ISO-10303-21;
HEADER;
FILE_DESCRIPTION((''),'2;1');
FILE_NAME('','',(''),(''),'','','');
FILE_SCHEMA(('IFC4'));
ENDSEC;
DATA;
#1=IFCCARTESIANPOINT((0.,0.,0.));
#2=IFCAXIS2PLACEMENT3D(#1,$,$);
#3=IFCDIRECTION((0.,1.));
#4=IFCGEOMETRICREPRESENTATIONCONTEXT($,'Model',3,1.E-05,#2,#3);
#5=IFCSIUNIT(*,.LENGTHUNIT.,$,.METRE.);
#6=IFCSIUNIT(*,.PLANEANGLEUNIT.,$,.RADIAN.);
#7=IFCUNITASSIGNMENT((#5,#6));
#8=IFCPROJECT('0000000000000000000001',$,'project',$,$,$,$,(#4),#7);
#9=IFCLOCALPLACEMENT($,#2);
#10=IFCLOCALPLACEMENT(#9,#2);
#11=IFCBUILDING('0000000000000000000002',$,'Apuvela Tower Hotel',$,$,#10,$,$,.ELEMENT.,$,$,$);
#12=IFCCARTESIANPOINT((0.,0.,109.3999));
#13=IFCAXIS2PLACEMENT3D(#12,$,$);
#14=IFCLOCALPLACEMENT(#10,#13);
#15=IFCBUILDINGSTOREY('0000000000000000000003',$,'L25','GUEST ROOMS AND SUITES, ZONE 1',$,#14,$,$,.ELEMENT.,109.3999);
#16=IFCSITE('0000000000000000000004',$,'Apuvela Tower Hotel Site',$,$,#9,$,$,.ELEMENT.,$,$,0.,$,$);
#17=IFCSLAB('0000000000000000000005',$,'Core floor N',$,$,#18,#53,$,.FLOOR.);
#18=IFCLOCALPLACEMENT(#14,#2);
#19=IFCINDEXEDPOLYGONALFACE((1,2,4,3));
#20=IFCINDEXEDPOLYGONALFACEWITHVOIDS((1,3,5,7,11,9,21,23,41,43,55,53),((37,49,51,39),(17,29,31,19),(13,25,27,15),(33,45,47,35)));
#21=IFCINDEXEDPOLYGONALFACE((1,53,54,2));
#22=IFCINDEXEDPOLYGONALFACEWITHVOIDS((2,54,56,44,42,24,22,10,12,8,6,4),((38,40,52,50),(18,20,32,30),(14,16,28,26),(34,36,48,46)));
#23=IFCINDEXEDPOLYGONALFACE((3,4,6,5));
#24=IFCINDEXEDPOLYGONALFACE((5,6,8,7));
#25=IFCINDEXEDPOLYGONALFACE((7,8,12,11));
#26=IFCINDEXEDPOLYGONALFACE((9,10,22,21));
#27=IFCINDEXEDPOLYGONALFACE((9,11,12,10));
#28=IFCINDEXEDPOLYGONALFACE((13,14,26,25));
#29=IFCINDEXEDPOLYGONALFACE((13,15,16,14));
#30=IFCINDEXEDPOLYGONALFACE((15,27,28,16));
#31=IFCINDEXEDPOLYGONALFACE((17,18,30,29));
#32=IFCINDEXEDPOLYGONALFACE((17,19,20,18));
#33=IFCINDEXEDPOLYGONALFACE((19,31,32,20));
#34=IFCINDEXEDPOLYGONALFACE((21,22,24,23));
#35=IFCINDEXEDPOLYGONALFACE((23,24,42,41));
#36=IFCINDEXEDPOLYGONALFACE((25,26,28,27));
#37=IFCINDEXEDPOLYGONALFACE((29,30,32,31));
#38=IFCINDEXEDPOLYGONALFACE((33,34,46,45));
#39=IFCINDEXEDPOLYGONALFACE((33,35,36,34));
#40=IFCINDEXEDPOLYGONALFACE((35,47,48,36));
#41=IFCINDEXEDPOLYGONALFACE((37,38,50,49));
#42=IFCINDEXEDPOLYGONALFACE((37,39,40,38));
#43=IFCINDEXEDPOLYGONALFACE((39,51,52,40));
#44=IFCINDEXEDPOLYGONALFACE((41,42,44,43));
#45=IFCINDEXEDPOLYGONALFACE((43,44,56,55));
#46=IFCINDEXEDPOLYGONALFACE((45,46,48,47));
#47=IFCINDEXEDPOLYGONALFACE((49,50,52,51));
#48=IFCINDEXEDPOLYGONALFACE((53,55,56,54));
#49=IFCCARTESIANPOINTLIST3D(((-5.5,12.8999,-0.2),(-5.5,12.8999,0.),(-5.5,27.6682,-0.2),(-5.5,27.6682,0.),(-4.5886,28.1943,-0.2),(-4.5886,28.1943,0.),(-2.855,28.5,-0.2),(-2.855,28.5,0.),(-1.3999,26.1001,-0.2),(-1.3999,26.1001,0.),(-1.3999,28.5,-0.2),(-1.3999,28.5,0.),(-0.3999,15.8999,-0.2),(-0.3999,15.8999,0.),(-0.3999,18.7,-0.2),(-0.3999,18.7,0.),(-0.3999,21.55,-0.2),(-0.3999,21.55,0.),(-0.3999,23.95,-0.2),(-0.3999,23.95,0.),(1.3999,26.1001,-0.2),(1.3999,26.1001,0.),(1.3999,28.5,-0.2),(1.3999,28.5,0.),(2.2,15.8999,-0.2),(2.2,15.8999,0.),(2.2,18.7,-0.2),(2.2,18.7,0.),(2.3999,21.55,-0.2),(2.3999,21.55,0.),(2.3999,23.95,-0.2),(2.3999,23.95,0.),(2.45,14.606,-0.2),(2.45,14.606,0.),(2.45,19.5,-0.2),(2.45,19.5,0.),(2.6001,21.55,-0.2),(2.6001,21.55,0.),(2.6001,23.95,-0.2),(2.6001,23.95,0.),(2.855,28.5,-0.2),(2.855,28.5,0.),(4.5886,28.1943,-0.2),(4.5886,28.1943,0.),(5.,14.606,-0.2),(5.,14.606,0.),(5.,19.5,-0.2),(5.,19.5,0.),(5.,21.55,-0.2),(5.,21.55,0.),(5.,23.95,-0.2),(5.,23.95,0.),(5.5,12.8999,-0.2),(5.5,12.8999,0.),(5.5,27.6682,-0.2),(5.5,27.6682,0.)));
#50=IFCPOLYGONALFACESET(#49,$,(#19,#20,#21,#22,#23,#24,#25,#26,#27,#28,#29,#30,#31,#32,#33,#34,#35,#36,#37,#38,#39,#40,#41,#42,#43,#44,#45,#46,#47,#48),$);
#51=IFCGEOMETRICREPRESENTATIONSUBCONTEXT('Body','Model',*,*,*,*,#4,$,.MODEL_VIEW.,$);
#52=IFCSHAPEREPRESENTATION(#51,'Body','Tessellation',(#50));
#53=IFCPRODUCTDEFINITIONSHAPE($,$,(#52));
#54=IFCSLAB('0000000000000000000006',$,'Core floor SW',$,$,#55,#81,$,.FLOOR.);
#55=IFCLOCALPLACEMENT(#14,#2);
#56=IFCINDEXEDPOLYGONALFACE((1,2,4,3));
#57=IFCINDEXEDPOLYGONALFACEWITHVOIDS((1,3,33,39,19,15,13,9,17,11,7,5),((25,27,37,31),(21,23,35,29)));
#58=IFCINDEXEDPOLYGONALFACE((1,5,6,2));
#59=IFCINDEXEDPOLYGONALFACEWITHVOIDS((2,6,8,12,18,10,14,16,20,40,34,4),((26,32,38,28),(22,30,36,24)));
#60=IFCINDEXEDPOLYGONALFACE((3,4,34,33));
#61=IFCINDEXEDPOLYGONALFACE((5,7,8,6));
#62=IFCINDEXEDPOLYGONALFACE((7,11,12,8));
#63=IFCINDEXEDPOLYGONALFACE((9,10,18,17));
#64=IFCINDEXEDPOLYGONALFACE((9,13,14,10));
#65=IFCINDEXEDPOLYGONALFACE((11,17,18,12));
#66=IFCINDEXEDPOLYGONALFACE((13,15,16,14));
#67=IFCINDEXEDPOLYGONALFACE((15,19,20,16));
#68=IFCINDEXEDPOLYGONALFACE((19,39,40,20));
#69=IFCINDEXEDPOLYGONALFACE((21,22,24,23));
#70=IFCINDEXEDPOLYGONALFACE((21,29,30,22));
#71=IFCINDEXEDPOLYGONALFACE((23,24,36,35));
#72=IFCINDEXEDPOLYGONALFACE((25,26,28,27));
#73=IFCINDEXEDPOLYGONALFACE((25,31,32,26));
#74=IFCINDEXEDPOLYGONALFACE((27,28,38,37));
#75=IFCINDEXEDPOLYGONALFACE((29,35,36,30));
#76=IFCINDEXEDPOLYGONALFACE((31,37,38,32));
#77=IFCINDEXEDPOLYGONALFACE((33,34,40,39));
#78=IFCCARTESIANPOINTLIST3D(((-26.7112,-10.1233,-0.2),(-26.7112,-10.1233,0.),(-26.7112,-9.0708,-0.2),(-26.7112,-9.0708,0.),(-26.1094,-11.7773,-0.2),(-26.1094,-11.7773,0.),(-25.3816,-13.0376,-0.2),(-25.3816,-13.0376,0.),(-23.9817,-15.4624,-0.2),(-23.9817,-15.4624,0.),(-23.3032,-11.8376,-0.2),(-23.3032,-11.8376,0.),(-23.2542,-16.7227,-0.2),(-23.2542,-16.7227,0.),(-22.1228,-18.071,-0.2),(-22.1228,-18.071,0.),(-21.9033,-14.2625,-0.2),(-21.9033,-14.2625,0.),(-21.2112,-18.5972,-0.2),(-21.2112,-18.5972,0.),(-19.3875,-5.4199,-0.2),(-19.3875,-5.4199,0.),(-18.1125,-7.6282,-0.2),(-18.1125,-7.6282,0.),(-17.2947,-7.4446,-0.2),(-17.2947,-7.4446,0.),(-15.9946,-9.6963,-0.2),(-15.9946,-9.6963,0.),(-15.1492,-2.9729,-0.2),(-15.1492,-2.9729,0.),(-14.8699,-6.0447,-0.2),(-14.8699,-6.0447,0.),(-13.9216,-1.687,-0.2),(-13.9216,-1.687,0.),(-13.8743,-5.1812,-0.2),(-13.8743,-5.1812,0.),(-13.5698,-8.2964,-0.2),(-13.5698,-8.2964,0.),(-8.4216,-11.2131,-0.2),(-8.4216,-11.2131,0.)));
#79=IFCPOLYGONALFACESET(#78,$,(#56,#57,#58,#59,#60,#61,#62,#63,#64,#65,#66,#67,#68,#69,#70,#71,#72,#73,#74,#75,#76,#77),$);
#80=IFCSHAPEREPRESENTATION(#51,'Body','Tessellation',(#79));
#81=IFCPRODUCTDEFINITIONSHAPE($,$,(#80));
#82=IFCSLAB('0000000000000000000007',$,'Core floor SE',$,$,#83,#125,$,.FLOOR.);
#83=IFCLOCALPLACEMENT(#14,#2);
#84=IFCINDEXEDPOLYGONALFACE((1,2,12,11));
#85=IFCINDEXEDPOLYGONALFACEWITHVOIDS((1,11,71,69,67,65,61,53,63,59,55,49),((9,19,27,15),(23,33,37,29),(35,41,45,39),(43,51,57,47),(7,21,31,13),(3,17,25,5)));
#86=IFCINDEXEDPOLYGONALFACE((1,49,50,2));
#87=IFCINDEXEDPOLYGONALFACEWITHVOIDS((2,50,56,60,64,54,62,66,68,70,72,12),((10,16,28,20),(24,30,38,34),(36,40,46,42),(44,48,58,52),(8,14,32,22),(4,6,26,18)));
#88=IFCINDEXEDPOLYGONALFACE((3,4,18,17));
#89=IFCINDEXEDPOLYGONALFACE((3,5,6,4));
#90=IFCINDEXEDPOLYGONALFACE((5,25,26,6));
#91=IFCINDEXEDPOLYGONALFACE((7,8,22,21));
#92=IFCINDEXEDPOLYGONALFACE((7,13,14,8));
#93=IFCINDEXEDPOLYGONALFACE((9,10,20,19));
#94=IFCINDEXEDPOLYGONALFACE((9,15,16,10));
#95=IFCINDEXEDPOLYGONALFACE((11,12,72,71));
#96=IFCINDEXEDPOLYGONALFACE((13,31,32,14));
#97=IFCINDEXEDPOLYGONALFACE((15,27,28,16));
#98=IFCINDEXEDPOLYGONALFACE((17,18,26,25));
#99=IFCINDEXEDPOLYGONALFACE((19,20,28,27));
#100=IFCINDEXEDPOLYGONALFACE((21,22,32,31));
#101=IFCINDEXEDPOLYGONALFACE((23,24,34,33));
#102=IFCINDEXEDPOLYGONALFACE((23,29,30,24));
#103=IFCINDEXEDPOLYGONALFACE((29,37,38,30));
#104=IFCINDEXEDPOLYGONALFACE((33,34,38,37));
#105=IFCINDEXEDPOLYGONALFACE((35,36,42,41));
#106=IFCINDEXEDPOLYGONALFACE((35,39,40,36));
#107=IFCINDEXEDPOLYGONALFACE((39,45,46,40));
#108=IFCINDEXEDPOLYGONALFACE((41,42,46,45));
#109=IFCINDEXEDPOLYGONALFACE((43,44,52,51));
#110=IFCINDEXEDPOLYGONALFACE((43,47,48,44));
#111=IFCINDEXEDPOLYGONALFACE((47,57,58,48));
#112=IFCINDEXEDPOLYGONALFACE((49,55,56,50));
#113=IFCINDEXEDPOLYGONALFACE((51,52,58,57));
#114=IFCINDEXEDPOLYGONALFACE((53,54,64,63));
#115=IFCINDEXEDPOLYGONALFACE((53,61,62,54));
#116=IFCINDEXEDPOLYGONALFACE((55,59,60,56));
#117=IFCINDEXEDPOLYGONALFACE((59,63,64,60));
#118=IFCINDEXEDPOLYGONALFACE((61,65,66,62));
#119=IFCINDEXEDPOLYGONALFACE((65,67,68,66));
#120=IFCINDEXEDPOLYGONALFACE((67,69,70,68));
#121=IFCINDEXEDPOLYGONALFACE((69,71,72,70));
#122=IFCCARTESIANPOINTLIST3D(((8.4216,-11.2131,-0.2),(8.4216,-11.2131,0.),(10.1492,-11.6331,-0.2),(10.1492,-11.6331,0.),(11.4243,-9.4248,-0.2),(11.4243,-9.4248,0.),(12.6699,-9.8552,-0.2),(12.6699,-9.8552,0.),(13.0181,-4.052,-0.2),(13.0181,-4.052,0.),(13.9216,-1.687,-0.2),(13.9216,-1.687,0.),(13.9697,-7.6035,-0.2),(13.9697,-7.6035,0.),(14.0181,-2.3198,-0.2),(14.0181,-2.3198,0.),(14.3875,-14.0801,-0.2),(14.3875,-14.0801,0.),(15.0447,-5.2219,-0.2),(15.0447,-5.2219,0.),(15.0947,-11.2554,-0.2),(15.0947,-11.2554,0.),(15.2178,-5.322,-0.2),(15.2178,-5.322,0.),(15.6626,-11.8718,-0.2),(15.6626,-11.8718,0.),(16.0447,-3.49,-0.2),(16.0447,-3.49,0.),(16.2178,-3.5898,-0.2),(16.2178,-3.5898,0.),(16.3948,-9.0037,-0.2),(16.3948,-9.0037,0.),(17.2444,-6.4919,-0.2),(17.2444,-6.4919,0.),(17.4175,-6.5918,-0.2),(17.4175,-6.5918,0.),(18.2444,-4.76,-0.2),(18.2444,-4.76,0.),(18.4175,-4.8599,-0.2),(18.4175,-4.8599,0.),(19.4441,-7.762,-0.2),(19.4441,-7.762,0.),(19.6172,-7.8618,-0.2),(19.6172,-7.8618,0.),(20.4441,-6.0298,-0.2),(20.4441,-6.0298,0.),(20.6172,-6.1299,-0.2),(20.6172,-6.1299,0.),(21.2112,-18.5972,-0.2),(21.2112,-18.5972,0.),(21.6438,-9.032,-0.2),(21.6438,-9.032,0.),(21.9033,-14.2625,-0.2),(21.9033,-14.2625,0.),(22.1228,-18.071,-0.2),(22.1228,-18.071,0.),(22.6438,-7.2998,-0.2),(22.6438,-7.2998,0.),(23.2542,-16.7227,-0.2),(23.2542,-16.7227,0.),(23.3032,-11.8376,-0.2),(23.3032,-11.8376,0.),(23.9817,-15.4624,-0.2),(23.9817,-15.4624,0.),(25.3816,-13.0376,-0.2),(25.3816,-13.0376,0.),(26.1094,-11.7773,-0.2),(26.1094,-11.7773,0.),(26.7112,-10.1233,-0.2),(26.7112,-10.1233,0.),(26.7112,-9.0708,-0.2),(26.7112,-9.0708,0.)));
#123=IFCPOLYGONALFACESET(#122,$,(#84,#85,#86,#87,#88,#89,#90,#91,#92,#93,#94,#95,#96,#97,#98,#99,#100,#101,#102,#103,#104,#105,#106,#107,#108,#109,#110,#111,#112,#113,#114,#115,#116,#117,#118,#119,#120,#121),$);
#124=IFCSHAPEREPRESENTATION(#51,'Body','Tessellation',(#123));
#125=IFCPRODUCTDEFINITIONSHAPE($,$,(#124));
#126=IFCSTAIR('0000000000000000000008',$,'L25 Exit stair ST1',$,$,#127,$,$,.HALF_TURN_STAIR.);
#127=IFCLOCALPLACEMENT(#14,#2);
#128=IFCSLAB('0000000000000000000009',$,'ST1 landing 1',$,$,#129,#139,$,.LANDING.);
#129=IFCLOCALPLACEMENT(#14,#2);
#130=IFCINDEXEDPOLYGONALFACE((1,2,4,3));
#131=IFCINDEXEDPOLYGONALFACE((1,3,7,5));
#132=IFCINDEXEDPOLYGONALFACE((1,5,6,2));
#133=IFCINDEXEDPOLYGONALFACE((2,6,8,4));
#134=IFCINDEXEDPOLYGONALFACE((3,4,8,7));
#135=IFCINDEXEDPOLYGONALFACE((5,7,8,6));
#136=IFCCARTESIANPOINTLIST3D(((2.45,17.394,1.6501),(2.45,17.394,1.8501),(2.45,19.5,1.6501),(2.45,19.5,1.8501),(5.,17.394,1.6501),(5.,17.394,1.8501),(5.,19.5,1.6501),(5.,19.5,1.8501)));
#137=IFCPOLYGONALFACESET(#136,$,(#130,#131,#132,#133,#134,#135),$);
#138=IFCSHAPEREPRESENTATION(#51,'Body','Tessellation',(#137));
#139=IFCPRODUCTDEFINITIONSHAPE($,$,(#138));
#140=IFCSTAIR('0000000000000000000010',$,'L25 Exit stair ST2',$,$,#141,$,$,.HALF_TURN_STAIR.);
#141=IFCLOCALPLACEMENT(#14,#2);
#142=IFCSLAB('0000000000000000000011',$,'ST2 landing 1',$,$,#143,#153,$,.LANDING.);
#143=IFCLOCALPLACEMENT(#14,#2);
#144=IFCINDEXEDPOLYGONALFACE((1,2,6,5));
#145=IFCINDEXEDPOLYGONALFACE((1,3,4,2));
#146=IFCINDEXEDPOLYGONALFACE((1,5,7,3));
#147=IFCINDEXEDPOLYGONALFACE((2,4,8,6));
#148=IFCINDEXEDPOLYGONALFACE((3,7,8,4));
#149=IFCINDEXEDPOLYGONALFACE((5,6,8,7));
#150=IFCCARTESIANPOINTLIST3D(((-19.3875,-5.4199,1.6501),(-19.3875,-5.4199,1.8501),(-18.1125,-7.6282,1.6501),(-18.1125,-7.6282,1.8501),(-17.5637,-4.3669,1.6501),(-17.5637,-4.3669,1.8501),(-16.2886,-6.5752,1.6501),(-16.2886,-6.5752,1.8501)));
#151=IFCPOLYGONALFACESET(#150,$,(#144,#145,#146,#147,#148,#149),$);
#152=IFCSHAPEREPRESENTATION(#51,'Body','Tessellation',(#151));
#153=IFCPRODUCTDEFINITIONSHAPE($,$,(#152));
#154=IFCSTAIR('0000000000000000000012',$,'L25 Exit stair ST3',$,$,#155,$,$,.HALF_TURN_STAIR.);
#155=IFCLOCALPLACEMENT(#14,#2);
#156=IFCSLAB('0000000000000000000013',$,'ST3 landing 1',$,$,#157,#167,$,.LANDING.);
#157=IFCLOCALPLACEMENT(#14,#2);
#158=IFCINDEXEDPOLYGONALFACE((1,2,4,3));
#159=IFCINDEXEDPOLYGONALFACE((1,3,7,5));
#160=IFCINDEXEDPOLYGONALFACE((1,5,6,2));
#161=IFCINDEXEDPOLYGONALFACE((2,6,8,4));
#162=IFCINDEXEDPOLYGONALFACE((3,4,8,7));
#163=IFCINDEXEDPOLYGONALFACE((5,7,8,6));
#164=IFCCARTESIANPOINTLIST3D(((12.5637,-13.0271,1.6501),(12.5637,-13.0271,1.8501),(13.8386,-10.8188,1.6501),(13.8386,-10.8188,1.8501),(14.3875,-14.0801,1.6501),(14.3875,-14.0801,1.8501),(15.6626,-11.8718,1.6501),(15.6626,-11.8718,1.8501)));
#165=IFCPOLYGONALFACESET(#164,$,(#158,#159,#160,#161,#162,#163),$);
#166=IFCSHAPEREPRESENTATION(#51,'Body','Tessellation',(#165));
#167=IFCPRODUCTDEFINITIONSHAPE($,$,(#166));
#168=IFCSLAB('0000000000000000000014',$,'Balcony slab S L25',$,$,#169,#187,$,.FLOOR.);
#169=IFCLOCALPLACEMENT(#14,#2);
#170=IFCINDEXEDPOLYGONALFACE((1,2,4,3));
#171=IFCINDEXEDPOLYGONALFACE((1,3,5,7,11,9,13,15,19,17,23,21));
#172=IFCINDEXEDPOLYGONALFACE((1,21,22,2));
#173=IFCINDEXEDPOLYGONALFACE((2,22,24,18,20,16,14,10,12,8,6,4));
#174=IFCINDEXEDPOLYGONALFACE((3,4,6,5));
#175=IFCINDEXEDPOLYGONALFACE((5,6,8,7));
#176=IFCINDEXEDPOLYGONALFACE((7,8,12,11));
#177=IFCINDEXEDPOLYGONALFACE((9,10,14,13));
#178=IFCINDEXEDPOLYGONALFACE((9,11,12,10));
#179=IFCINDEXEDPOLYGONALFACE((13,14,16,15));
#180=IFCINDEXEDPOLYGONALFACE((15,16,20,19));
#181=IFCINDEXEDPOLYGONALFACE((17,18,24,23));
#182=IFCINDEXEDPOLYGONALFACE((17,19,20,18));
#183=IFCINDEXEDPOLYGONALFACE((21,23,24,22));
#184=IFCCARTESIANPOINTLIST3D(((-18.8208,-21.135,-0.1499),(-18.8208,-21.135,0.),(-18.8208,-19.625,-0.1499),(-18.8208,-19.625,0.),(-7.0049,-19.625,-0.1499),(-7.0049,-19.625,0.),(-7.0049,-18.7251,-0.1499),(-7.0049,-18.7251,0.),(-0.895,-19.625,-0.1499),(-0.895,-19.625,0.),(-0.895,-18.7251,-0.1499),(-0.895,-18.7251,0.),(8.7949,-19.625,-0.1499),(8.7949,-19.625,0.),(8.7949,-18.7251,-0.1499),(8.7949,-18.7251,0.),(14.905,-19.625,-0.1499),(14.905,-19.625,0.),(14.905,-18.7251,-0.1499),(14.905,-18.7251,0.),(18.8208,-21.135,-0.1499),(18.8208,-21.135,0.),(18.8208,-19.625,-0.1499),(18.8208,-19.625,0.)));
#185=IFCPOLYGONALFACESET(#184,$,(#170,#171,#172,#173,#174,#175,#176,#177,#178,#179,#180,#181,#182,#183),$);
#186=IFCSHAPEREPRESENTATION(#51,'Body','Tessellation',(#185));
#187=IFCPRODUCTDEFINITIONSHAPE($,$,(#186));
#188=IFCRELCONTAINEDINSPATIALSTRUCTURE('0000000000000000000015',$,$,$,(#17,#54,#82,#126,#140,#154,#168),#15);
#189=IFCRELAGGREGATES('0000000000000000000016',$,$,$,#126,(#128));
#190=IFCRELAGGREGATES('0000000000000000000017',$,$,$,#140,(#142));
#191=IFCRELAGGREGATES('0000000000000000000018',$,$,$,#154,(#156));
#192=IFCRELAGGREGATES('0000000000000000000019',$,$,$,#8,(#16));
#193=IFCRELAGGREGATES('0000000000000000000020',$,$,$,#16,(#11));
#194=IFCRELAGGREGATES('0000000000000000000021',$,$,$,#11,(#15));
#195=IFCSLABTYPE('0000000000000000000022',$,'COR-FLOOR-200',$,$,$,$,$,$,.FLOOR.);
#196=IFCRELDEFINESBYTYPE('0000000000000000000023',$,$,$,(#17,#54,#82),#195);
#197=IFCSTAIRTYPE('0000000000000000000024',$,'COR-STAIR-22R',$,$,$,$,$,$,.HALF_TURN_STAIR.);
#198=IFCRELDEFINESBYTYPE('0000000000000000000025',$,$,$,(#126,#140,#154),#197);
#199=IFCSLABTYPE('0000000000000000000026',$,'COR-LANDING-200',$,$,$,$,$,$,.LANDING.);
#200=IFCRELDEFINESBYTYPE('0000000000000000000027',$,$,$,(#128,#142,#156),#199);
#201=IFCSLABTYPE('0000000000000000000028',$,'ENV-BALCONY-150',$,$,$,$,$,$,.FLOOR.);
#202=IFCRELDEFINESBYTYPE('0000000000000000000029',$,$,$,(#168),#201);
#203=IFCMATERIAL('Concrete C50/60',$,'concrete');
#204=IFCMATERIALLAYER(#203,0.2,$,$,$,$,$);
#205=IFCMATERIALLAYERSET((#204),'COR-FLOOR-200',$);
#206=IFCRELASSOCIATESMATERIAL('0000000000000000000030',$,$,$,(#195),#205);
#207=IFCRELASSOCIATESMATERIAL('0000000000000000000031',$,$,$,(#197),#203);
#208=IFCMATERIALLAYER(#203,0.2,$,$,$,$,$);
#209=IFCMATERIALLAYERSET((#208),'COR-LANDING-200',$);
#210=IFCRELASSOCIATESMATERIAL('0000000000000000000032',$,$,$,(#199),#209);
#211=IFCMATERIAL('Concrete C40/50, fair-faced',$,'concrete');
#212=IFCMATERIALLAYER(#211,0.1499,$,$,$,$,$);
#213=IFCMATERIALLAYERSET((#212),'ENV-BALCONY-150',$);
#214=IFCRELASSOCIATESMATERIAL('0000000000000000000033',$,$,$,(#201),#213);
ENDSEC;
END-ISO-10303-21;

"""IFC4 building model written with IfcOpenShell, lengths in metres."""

from ifc_helpers import new_model, si_unit, direction, frame, origin, place, context, subcontext, project, spatial, polyline, outline, extrude, material, layer, layer_set, type_object, element, aggregate, save


model = new_model("IFC4")

# Units and contexts
model_context = context("Model", 3, precision=1e-05, world=origin(), true_north=direction((0.0, 1.0)))
body_context = subcontext(model_context, "Body", "Model", "MODEL_VIEW")
ifc_project = project(units=[si_unit("LENGTHUNIT", "METRE"), si_unit("PLANEANGLEUNIT", "RADIAN")], contexts=[model_context])

# Site, building, storey
site_placement = place(None, origin())
site = spatial("IfcSite", under=ifc_project, at=site_placement, Name="Apuvela Tower Hotel Site", CompositionType="ELEMENT", RefElevation=0.0)
building_placement = place(site_placement, origin())
building = spatial("IfcBuilding", under=site, at=building_placement, Name="Apuvela Tower Hotel", CompositionType="ELEMENT")
storey_placement = place(building_placement, frame((0.0, 0.0, 109.3999)))
storey = spatial("IfcBuildingStorey", under=building, at=storey_placement, Name="L25", Description="GUEST ROOMS AND SUITES, ZONE 1", CompositionType="ELEMENT", Elevation=109.3999)

# Slabs
ifc_material_1 = material(Name="Concrete C50/60", Category="concrete")
ifc_layer_1 = layer(ifc_material_1, 0.2)
ifc_layer_set_1 = layer_set([ifc_layer_1], Name="COR-FLOOR-200")
slab_type_1 = type_object("IfcSlabType", Name="COR-FLOOR-200", PredefinedType="FLOOR", material=ifc_layer_set_1)
slab_1_placement = place(storey_placement, frame((0.0, 0.0, -0.2)))
element("IfcSlab", 1, at=slab_1_placement, inside=storey, type_object=slab_type_1, Name="Core floor N", PredefinedType="FLOOR", context=body_context, shape_type="SweptSolid", body=[
    extrude(outline(polyline([(5.5, 27.6682), (4.5886, 28.1943), (2.855, 28.5), (1.3999, 28.5), (1.3999, 26.1001), (-1.3999, 26.1001), (-1.3999, 28.5), (-2.855, 28.5), (-4.5886, 28.1943), (-5.5, 27.6682), (-5.5, 12.8999), (5.5, 12.8999), (5.5, 27.6682)]), holes=[polyline([(5.0, 14.606), (2.45, 14.606), (2.45, 19.5), (5.0, 19.5), (5.0, 14.606)]), polyline([(2.2, 15.8999), (-0.3999, 15.8999), (-0.3999, 18.7), (2.2, 18.7), (2.2, 15.8999)]), polyline([(5.0, 21.55), (2.6001, 21.55), (2.6001, 23.95), (5.0, 23.95), (5.0, 21.55)]), polyline([(2.3999, 21.55), (-0.3999, 21.55), (-0.3999, 23.95), (2.3999, 23.95), (2.3999, 21.55)])]), origin(), (0.0, 0.0, 1.0), 0.2),
])
slab_2_placement = place(storey_placement, frame((0.0, 0.0, -0.2)))
element("IfcSlab", 2, at=slab_2_placement, inside=storey, type_object=slab_type_1, Name="Core floor SW", PredefinedType="FLOOR", context=body_context, shape_type="SweptSolid", body=[
    extrude(outline(polyline([(-26.7112, -9.0708), (-26.7112, -10.1233), (-26.1094, -11.7773), (-25.3816, -13.0376), (-23.3032, -11.8376), (-21.9033, -14.2625), (-23.9817, -15.4624), (-23.2542, -16.7227), (-22.1228, -18.071), (-21.2112, -18.5972), (-8.4216, -11.2131), (-13.9216, -1.687), (-26.7112, -9.0708)]), holes=[polyline([(-13.8743, -5.1812), (-18.1125, -7.6282), (-19.3875, -5.4199), (-15.1492, -2.9729), (-13.8743, -5.1812)]), polyline([(-13.5698, -8.2964), (-15.9946, -9.6963), (-17.2947, -7.4446), (-14.8699, -6.0447), (-13.5698, -8.2964)])]), origin(), (0.0, 0.0, 1.0), 0.2),
])
slab_3_placement = place(storey_placement, frame((0.0, 0.0, -0.2)))
element("IfcSlab", 3, at=slab_3_placement, inside=storey, type_object=slab_type_1, Name="Core floor SE", PredefinedType="FLOOR", context=body_context, shape_type="SweptSolid", body=[
    extrude(outline(polyline([(21.2112, -18.5972), (22.1228, -18.071), (23.2542, -16.7227), (23.9817, -15.4624), (21.9033, -14.2625), (23.3032, -11.8376), (25.3816, -13.0376), (26.1094, -11.7773), (26.7112, -10.1233), (26.7112, -9.0708), (13.9216, -1.687), (8.4216, -11.2131), (21.2112, -18.5972)]), holes=[polyline([(13.0181, -4.052), (14.0181, -2.3198), (16.0447, -3.49), (15.0447, -5.2219), (13.0181, -4.052)]), polyline([(17.2444, -6.4919), (15.2178, -5.322), (16.2178, -3.5898), (18.2444, -4.76), (17.2444, -6.4919)]), polyline([(14.3875, -14.0801), (10.1492, -11.6331), (11.4243, -9.4248), (15.6626, -11.8718), (14.3875, -14.0801)]), polyline([(12.6699, -9.8552), (13.9697, -7.6035), (16.3948, -9.0037), (15.0947, -11.2554), (12.6699, -9.8552)]), polyline([(19.4441, -7.762), (17.4175, -6.5918), (18.4175, -4.8599), (20.4441, -6.0298), (19.4441, -7.762)]), polyline([(21.6438, -9.032), (19.6172, -7.8618), (20.6172, -6.1299), (22.6438, -7.2998), (21.6438, -9.032)])]), origin(), (0.0, 0.0, 1.0), 0.2),
])

# Stairs, slabs
stair_type = type_object("IfcStairType", Name="COR-STAIR-22R", PredefinedType="HALF_TURN_STAIR", material=ifc_material_1)
stair_1_placement = place(storey_placement, origin())
stair_1 = element("IfcStair", 4, at=stair_1_placement, inside=storey, type_object=stair_type, Name="L25 Exit stair ST1", PredefinedType="HALF_TURN_STAIR")
ifc_layer_2 = layer(ifc_material_1, 0.2)
ifc_layer_set_2 = layer_set([ifc_layer_2], Name="COR-LANDING-200")
slab_type_2 = type_object("IfcSlabType", Name="COR-LANDING-200", PredefinedType="LANDING", material=ifc_layer_set_2)
slab_4_placement = place(storey_placement, frame((0.0, 0.0, 1.6501)))
slab_4 = element("IfcSlab", 5, at=slab_4_placement, type_object=slab_type_2, Name="ST1 landing 1", PredefinedType="LANDING", context=body_context, shape_type="SweptSolid", body=[
    extrude(outline(polyline([(5.0, 17.394), (5.0, 19.5), (2.45, 19.5), (2.45, 17.394), (5.0, 17.394)])), origin(), (0.0, 0.0, 1.0), 0.2),
])
aggregate(stair_1, [slab_4])
stair_2_placement = place(storey_placement, origin())
stair_2 = element("IfcStair", 6, at=stair_2_placement, inside=storey, type_object=stair_type, Name="L25 Exit stair ST2", PredefinedType="HALF_TURN_STAIR")
slab_5_placement = place(storey_placement, frame((0.0, 0.0, 1.6501)))
slab_5 = element("IfcSlab", 7, at=slab_5_placement, type_object=slab_type_2, Name="ST2 landing 1", PredefinedType="LANDING", context=body_context, shape_type="SweptSolid", body=[
    extrude(outline(polyline([(-17.5637, -4.3669), (-19.3875, -5.4199), (-18.1125, -7.6282), (-16.2886, -6.5752), (-17.5637, -4.3669)])), origin(), (0.0, 0.0, 1.0), 0.2),
])
aggregate(stair_2, [slab_5])
stair_3_placement = place(storey_placement, origin())
stair_3 = element("IfcStair", 8, at=stair_3_placement, inside=storey, type_object=stair_type, Name="L25 Exit stair ST3", PredefinedType="HALF_TURN_STAIR")
slab_6_placement = place(storey_placement, frame((0.0, 0.0, 1.6501)))
slab_6 = element("IfcSlab", 9, at=slab_6_placement, type_object=slab_type_2, Name="ST3 landing 1", PredefinedType="LANDING", context=body_context, shape_type="SweptSolid", body=[
    extrude(outline(polyline([(12.5637, -13.0271), (14.3875, -14.0801), (15.6626, -11.8718), (13.8386, -10.8188), (12.5637, -13.0271)])), origin(), (0.0, 0.0, 1.0), 0.2),
])
aggregate(stair_3, [slab_6])

# Slab
ifc_material_2 = material(Name="Concrete C40/50, fair-faced", Category="concrete")
ifc_layer_3 = layer(ifc_material_2, 0.1499)
ifc_layer_set_3 = layer_set([ifc_layer_3], Name="ENV-BALCONY-150")
slab_type_3 = type_object("IfcSlabType", Name="ENV-BALCONY-150", PredefinedType="FLOOR", material=ifc_layer_set_3)
slab_7_placement = place(storey_placement, frame((0.0, 0.0, -0.1499)))
element("IfcSlab", 10, at=slab_7_placement, inside=storey, type_object=slab_type_3, Name="Balcony slab S L25", PredefinedType="FLOOR", context=body_context, shape_type="SweptSolid", body=[
    extrude(outline(polyline([(18.8208, -21.135), (-18.8208, -21.135), (-18.8208, -19.625), (-7.0049, -19.625), (-7.0049, -18.7251), (-0.895, -18.7251), (-0.895, -19.625), (8.7949, -19.625), (8.7949, -18.7251), (14.905, -18.7251), (14.905, -19.625), (18.8208, -19.625), (18.8208, -21.135)])), origin(), (0.0, 0.0, 1.0), 0.1499),
])

save(model, "model.ifc")
